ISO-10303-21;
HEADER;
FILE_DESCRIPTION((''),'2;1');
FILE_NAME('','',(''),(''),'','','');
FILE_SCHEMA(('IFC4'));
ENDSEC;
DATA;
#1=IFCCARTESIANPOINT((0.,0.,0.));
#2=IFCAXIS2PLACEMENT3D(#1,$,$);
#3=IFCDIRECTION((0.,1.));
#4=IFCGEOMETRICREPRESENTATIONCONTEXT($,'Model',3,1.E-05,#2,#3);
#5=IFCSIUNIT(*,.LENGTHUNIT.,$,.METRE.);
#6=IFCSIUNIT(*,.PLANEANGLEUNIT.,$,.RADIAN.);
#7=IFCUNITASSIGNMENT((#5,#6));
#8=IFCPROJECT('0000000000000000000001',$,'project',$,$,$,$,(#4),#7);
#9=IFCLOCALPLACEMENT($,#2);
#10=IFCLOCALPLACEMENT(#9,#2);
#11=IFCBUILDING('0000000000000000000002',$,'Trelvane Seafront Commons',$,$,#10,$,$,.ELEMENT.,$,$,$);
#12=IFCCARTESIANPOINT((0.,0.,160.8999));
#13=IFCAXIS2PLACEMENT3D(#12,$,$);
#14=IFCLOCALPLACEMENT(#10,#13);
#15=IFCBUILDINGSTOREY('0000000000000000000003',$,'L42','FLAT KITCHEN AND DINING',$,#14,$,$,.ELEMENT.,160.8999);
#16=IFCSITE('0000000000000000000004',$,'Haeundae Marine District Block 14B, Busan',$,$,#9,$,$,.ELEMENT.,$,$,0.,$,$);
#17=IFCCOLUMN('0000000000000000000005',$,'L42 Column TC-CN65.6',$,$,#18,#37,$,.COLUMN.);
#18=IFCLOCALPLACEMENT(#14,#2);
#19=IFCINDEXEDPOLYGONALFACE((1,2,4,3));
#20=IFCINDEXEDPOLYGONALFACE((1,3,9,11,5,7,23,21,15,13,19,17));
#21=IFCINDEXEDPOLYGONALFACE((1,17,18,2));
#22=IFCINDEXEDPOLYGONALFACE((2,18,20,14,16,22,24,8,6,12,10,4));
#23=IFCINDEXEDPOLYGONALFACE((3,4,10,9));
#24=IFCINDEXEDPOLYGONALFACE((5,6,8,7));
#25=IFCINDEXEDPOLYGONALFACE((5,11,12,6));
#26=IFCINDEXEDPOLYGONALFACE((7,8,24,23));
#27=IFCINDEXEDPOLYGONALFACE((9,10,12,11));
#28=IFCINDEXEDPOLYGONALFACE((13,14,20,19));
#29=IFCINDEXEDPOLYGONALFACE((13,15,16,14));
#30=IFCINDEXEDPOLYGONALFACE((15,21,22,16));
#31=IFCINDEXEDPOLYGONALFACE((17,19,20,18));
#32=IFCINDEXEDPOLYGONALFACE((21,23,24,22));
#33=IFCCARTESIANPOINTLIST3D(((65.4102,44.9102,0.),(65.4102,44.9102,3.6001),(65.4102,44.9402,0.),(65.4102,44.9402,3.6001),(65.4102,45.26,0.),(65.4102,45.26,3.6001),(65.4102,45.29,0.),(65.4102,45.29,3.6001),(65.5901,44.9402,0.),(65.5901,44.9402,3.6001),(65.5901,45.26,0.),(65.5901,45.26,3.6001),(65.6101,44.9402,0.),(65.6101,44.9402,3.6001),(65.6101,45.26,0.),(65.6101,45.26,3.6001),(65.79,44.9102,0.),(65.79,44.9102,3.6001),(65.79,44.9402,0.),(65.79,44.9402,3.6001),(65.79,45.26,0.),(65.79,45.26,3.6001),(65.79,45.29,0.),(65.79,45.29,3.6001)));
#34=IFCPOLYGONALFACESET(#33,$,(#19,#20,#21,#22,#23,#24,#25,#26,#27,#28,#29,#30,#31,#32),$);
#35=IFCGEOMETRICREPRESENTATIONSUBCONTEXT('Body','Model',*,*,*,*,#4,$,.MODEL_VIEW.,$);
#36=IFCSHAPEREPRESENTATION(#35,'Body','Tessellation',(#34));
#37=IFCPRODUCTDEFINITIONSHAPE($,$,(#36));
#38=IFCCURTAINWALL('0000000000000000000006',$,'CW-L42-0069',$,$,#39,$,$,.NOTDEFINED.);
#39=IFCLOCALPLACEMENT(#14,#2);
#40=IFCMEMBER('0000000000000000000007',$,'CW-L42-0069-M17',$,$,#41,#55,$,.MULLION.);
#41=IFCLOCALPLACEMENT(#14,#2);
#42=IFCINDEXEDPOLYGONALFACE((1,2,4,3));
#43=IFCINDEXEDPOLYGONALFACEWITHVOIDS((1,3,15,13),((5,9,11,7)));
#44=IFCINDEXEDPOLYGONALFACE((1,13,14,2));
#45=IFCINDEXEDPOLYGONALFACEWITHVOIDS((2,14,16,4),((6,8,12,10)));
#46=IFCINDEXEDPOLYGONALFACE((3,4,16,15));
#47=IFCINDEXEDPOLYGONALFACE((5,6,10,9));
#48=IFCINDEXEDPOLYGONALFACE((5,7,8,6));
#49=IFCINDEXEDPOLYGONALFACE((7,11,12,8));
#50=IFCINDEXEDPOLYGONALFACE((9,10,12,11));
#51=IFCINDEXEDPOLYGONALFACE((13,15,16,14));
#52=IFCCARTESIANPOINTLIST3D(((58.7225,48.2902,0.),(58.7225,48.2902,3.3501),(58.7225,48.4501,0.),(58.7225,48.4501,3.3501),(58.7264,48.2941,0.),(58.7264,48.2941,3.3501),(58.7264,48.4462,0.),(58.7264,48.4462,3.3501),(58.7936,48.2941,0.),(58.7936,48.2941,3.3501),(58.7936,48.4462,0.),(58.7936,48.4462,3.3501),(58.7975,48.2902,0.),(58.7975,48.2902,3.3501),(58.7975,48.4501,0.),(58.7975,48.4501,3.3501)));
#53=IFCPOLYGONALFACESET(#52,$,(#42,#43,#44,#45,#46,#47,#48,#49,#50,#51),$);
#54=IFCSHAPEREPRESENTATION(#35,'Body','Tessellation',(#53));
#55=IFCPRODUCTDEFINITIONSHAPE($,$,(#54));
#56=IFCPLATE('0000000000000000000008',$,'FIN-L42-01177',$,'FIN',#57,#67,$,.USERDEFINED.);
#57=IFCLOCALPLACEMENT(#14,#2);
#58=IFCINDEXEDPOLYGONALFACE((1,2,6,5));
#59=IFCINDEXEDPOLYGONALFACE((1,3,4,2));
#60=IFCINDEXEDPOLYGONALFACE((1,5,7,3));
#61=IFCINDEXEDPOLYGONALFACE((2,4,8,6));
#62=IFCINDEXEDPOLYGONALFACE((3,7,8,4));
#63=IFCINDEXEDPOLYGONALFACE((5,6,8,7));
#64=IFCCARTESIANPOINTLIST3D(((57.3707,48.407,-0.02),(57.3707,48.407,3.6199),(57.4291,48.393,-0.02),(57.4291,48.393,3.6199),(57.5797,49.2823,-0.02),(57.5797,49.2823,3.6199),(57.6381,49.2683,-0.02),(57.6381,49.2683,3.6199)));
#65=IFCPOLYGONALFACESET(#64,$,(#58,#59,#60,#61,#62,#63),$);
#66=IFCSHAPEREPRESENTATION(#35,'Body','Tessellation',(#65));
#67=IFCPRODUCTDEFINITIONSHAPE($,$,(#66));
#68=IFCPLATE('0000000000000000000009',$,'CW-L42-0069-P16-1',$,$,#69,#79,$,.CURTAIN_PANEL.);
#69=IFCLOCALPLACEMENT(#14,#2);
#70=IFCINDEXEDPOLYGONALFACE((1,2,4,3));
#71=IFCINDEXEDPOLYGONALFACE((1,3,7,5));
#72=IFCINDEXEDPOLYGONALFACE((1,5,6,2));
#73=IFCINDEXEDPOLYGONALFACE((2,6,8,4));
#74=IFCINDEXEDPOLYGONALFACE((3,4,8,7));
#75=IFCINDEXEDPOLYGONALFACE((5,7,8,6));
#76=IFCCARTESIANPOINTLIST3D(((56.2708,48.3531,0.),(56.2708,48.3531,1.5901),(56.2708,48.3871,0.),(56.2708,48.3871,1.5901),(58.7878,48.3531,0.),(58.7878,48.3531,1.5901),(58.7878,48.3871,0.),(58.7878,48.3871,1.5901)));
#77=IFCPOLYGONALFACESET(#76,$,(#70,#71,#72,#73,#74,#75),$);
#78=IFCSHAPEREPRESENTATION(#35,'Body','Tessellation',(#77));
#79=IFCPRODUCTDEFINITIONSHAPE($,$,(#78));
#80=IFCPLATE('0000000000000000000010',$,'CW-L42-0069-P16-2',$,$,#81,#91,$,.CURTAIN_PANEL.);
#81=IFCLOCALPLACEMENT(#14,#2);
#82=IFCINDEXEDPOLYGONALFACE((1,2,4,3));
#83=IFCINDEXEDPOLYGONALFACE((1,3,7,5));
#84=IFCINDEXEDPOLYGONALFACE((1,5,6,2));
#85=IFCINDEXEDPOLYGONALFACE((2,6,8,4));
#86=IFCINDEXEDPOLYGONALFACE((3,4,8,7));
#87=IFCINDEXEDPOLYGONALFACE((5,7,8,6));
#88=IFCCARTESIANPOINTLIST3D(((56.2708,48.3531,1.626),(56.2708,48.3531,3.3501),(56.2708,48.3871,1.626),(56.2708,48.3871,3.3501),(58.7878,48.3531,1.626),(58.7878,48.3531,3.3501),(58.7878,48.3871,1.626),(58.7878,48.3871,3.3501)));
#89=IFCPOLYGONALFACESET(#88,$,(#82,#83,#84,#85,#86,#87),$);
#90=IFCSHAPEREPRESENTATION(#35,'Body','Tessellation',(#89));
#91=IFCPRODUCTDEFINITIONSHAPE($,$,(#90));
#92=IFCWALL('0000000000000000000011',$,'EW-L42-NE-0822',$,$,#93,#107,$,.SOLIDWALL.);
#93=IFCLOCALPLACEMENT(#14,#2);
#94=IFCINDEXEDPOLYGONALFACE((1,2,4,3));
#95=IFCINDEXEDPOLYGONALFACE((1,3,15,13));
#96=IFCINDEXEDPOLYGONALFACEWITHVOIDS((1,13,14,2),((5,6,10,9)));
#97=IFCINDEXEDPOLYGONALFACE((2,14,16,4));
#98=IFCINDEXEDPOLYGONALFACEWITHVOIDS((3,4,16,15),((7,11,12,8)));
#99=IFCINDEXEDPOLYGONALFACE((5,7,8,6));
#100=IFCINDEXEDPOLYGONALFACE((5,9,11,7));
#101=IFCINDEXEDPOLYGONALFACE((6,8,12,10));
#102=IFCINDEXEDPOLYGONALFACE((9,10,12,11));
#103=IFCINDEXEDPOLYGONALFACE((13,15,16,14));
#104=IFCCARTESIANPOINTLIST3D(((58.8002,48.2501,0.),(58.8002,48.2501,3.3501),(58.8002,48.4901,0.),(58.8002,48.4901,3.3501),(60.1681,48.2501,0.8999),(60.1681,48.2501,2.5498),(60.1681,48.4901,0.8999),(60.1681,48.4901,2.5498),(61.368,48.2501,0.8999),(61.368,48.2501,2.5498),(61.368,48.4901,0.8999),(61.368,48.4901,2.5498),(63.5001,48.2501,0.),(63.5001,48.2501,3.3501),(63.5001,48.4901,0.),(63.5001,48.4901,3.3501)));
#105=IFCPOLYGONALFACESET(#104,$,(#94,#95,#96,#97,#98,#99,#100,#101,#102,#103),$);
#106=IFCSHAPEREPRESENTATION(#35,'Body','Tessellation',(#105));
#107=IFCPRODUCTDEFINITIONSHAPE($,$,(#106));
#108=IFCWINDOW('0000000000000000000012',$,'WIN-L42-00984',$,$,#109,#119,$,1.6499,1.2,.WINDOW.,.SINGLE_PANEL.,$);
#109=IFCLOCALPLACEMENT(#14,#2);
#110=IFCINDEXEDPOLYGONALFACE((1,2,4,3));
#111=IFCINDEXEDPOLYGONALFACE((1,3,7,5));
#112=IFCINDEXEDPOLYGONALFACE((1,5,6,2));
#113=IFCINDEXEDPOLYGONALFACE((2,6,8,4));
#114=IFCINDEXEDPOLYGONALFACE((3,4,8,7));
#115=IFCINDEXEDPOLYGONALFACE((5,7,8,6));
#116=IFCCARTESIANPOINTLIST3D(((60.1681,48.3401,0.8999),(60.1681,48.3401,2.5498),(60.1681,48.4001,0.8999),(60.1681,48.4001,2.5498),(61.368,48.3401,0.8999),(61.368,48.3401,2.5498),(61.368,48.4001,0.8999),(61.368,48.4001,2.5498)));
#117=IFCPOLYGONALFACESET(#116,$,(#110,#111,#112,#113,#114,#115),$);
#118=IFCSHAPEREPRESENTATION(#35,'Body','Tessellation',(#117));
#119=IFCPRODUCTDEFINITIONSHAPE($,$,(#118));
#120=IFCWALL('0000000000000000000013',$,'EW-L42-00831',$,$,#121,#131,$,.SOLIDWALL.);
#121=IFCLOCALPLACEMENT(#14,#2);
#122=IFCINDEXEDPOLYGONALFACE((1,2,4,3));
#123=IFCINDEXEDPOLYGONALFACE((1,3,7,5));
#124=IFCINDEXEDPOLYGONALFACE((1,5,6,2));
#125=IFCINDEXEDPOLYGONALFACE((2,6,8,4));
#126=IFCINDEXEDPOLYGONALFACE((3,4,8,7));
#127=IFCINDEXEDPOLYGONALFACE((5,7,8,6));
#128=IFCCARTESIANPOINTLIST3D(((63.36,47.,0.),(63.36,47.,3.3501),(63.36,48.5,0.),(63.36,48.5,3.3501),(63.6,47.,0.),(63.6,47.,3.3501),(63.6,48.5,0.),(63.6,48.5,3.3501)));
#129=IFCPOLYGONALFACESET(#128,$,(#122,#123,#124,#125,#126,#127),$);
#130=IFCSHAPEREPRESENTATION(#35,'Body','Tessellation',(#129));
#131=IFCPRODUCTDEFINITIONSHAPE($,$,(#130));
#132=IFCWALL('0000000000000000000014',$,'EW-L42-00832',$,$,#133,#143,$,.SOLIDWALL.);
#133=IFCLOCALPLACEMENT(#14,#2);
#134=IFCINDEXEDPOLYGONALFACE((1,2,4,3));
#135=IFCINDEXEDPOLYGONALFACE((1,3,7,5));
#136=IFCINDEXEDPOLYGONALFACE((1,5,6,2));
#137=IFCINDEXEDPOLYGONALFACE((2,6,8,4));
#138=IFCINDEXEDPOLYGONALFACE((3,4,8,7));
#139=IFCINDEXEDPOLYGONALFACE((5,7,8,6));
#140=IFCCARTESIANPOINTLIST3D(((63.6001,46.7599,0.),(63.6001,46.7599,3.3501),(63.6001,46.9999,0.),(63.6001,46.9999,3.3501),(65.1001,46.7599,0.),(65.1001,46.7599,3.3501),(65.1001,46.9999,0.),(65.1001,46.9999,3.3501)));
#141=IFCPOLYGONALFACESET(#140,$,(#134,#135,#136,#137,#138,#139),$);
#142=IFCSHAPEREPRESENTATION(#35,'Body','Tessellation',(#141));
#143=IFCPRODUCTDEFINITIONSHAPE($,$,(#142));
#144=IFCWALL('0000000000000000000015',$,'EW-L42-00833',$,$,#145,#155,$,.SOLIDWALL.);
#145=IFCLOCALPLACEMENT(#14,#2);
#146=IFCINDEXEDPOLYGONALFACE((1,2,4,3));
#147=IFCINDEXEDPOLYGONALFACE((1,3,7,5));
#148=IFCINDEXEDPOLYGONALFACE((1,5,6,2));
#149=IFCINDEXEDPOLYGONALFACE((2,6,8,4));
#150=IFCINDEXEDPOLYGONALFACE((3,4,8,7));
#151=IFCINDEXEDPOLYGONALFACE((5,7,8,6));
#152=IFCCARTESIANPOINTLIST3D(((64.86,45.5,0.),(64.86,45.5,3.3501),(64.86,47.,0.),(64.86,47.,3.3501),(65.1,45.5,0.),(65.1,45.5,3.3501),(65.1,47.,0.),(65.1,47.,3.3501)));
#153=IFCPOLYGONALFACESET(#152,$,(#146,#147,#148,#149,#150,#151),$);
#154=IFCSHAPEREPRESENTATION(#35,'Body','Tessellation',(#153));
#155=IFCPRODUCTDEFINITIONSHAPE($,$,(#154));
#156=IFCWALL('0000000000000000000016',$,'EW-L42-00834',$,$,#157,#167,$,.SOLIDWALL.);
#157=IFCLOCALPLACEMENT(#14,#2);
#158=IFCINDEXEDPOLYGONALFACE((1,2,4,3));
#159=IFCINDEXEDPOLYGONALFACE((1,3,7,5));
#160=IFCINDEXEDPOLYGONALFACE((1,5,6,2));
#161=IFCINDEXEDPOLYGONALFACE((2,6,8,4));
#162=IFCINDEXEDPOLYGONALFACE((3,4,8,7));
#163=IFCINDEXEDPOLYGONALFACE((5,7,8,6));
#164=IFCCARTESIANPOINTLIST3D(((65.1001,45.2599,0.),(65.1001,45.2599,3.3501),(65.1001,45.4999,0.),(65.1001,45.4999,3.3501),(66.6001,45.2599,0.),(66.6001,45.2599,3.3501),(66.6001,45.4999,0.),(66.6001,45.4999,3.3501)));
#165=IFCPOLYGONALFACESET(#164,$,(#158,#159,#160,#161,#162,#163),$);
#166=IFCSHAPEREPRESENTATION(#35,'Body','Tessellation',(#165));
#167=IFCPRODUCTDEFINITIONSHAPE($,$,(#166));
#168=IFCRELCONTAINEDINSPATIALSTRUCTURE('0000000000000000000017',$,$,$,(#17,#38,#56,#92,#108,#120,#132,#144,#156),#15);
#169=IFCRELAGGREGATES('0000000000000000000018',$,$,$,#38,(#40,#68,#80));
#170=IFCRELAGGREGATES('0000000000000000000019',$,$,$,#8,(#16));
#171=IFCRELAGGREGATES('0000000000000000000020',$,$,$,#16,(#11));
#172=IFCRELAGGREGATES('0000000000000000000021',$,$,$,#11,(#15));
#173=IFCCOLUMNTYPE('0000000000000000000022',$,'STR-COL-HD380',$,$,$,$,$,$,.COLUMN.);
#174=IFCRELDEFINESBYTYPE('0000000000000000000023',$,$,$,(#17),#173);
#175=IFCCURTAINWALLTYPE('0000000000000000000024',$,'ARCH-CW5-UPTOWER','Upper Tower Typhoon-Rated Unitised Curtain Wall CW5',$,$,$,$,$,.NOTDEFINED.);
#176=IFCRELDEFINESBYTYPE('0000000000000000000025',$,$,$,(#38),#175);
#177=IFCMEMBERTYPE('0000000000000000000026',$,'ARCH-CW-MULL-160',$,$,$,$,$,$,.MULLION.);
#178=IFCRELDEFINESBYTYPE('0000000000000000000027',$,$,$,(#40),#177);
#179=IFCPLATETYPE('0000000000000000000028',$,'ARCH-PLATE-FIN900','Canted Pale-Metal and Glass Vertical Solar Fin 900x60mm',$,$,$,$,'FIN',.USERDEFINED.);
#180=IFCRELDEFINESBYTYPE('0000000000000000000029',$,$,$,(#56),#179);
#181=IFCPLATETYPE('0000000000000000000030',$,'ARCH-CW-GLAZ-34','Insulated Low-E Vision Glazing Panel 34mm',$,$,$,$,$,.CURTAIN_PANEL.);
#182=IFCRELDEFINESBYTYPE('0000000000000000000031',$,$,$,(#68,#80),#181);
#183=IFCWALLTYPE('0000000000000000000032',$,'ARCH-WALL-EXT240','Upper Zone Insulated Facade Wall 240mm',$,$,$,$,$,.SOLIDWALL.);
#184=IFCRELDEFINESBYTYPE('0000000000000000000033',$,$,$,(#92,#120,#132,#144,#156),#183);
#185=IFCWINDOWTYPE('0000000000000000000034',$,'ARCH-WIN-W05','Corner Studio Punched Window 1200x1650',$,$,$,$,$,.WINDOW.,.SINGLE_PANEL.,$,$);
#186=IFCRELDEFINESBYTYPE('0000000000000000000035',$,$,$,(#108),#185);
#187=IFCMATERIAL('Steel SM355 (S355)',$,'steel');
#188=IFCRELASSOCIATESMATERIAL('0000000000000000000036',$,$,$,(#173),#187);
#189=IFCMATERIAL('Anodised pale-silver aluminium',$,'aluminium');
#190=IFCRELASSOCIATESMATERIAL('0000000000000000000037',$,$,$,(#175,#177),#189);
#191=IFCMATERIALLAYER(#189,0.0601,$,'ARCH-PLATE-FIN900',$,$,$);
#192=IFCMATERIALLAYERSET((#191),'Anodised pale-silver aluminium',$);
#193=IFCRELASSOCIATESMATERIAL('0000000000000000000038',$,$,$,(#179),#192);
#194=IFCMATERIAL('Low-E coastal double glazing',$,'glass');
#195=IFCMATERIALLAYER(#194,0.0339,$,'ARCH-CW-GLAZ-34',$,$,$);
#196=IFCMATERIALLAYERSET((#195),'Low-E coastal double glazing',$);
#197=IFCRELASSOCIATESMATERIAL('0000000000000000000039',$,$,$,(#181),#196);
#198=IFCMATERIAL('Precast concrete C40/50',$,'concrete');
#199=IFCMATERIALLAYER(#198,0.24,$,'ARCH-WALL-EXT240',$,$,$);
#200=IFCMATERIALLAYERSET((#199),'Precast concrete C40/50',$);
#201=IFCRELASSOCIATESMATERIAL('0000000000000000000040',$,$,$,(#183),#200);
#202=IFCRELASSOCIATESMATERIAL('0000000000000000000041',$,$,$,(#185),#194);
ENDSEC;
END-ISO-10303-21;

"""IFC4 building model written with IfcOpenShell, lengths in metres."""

from ifc_helpers import new_model, si_unit, direction, frame, frame_2d, origin, origin_2d, place, context, subcontext, project, spatial, rectangle, hollow_rectangle, i_section, extrude, source, transform, mapped, material, layer, layer_set, material_profile, profile_set, type_object, element, fill, aggregate, save


model = new_model("IFC4")

# Units and contexts
model_context = context("Model", 3, precision=1e-05, world=origin(), true_north=direction((0.0, 1.0)))
body_context = subcontext(model_context, "Body", "Model", "MODEL_VIEW")
ifc_project = project(units=[si_unit("LENGTHUNIT", "METRE"), si_unit("PLANEANGLEUNIT", "RADIAN")], contexts=[model_context])

# Site, building, storey
site_placement = place(None, origin())
site = spatial("IfcSite", under=ifc_project, at=site_placement, Name="Haeundae Marine District Block 14B, Busan", CompositionType="ELEMENT", RefElevation=0.0)
building_placement = place(site_placement, origin())
building = spatial("IfcBuilding", under=site, at=building_placement, Name="Trelvane Seafront Commons", CompositionType="ELEMENT")
storey_placement = place(building_placement, frame((0.0, 0.0, 160.8999)))
storey = spatial("IfcBuildingStorey", under=building, at=storey_placement, Name="L42", Description="FLAT KITCHEN AND DINING", CompositionType="ELEMENT", Elevation=160.8999)

# Column
ifc_material_1 = material(Name="Steel SM355 (S355)", Category="steel")
ifc_material_profile_1 = material_profile(ifc_material_1, i_section(OverallWidth=0.3799, OverallDepth=0.3799, WebThickness=0.02, FlangeThickness=0.03, at=origin_2d()), Name="HD-380x380x20x30")
ifc_profile_set_1 = profile_set([ifc_material_profile_1], Name="Steel SM355 (S355)")
column_type = type_object("IfcColumnType", Name="STR-COL-HD380", PredefinedType="COLUMN", material=ifc_profile_set_1)
shared_shape_1 = source(origin(), body_context, "Body", "SweptSolid", [
    extrude(i_section(OverallWidth=0.3799, OverallDepth=0.3799, WebThickness=0.02, FlangeThickness=0.03, at=origin_2d()), origin(), (0.0, 0.0, 1.0), 3.6001),
])
column_placement = place(storey_placement, frame((65.6001, 45.1001, 0.0), z_axis=(0.0, 0.0, 1.0), x_axis=(1.0, 0.0, 0.0)))
element("IfcColumn", 1, at=column_placement, inside=storey, type_object=column_type, Name="L42 Column TC-CN65.6", PredefinedType="COLUMN", context=body_context, shape_type="MappedRepresentation", body=[
    mapped(shared_shape_1, transform((0.0, 0.0, 0.0), x_axis=(1.0, 0.0, 0.0), y_axis=(0.0, 1.0, 0.0), z_axis=(0.0, 0.0, 1.0), scale=1.0)),
])

# Curtain wall, member
ifc_material_2 = material(Name="Anodised pale-silver aluminium", Category="aluminium")
curtain_wall_type = type_object("IfcCurtainWallType", Name="ARCH-CW5-UPTOWER", Description="Upper Tower Typhoon-Rated Unitised Curtain Wall CW5", PredefinedType="NOTDEFINED", material=ifc_material_2)
curtain_wall_placement = place(storey_placement, origin())
curtain_wall = element("IfcCurtainWall", 2, at=curtain_wall_placement, inside=storey, type_object=curtain_wall_type, Name="CW-L42-0069", PredefinedType="NOTDEFINED")
ifc_material_profile_2 = material_profile(ifc_material_2, hollow_rectangle(XDim=0.075, YDim=0.1599, WallThickness=0.0039, at=origin_2d()), Name="MULL-75x160x4")
ifc_profile_set_2 = profile_set([ifc_material_profile_2], Name="Anodised pale-silver aluminium")
member_type = type_object("IfcMemberType", Name="ARCH-CW-MULL-160", PredefinedType="MULLION", material=ifc_profile_set_2)
shared_shape_2 = source(origin(), body_context, "Body", "SweptSolid", [
    extrude(hollow_rectangle(XDim=0.075, YDim=0.1599, WallThickness=0.0039, at=origin_2d()), origin(), (0.0, 0.0, 1.0), 3.3501),
])
member_placement = place(storey_placement, frame((58.76, 48.3701, 0.0), z_axis=(0.0, 0.0, 1.0), x_axis=(1.0, 0.0, 0.0)))
member = element("IfcMember", 3, at=member_placement, type_object=member_type, Name="CW-L42-0069-M17", PredefinedType="MULLION", context=body_context, shape_type="MappedRepresentation", body=[
    mapped(shared_shape_2, transform((0.0, 0.0, 0.0), x_axis=(1.0, 0.0, 0.0), y_axis=(0.0, 1.0, 0.0), z_axis=(0.0, 0.0, 1.0), scale=1.0)),
])

# Plates
ifc_layer_1 = layer(ifc_material_2, 0.0601, Name="ARCH-PLATE-FIN900")
ifc_layer_set_1 = layer_set([ifc_layer_1], Name="Anodised pale-silver aluminium")
plate_type_1 = type_object("IfcPlateType", Name="ARCH-PLATE-FIN900", Description="Canted Pale-Metal and Glass Vertical Solar Fin 900x60mm", ElementType="FIN", PredefinedType="USERDEFINED", material=ifc_layer_set_1)
shared_shape_3 = source(origin(), body_context, "Body", "SweptSolid", [
    extrude(rectangle(XDim=0.8999, YDim=0.0601, at=origin_2d()), origin(), (0.0, 0.0, 1.0), 3.6399),
])
plate_1_placement = place(storey_placement, frame((57.5044, 48.8376, -0.02), z_axis=(0.0, 0.0, 1.0), x_axis=(0.232327, 0.972638, 0.0)))
element("IfcPlate", 4, at=plate_1_placement, inside=storey, type_object=plate_type_1, Name="FIN-L42-01177", ObjectType="FIN", PredefinedType="USERDEFINED", context=body_context, shape_type="MappedRepresentation", body=[
    mapped(shared_shape_3, transform((0.0, 0.0, 0.0), x_axis=(1.0, 0.0, 0.0), y_axis=(0.0, 1.0, 0.0), z_axis=(0.0, 0.0, 1.0), scale=1.0)),
])
ifc_material_3 = material(Name="Low-E coastal double glazing", Category="glass")
ifc_layer_2 = layer(ifc_material_3, 0.0339, Name="ARCH-CW-GLAZ-34")
ifc_layer_set_2 = layer_set([ifc_layer_2], Name="Low-E coastal double glazing")
plate_type_2 = type_object("IfcPlateType", Name="ARCH-CW-GLAZ-34", Description="Insulated Low-E Vision Glazing Panel 34mm", PredefinedType="CURTAIN_PANEL", material=ifc_layer_set_2)
shared_shape_4 = source(origin(), body_context, "Body", "SweptSolid", [
    extrude(rectangle(XDim=2.5171, YDim=0.0339, at=origin_2d()), origin(), (0.0, 0.0, 1.0), 1.5901),
])
plate_2_placement = place(storey_placement, frame((57.5293, 48.3701, 0.0), z_axis=(0.0, 0.0, 1.0), x_axis=(1.0, 0.0, 0.0)))
plate_2 = element("IfcPlate", 5, at=plate_2_placement, type_object=plate_type_2, Name="CW-L42-0069-P16-1", PredefinedType="CURTAIN_PANEL", context=body_context, shape_type="MappedRepresentation", body=[
    mapped(shared_shape_4, transform((0.0, 0.0, 0.0), x_axis=(1.0, 0.0, 0.0), y_axis=(0.0, 1.0, 0.0), z_axis=(0.0, 0.0, 1.0), scale=1.0)),
])
shared_shape_5 = source(origin(), body_context, "Body", "SweptSolid", [
    extrude(rectangle(XDim=2.5171, YDim=0.0339, at=origin_2d()), origin(), (0.0, 0.0, 1.0), 1.7241),
])
plate_3_placement = place(storey_placement, frame((57.5293, 48.3701, 1.626), z_axis=(0.0, 0.0, 1.0), x_axis=(1.0, 0.0, 0.0)))
plate_3 = element("IfcPlate", 6, at=plate_3_placement, type_object=plate_type_2, Name="CW-L42-0069-P16-2", PredefinedType="CURTAIN_PANEL", context=body_context, shape_type="MappedRepresentation", body=[
    mapped(shared_shape_5, transform((0.0, 0.0, 0.0), x_axis=(1.0, 0.0, 0.0), y_axis=(0.0, 1.0, 0.0), z_axis=(0.0, 0.0, 1.0), scale=1.0)),
])
aggregate(curtain_wall, [member, plate_2, plate_3])

# Wall, opening, window
ifc_material_4 = material(Name="Precast concrete C40/50", Category="concrete")
ifc_layer_3 = layer(ifc_material_4, 0.24, Name="ARCH-WALL-EXT240")
ifc_layer_set_3 = layer_set([ifc_layer_3], Name="Precast concrete C40/50")
wall_type = type_object("IfcWallType", Name="ARCH-WALL-EXT240", Description="Upper Zone Insulated Facade Wall 240mm", PredefinedType="SOLIDWALL", material=ifc_layer_set_3)
wall_1_placement = place(storey_placement, frame((58.8, 48.3701, 0.0), z_axis=(0.0, 0.0, 1.0), x_axis=(1.0, 0.0, 0.0)))
wall_1 = element("IfcWall", 7, at=wall_1_placement, inside=storey, type_object=wall_type, Name="EW-L42-NE-0822", PredefinedType="SOLIDWALL", context=body_context, shape_type="SweptSolid", body=[
    extrude(rectangle(XDim=4.7, YDim=0.24, at=frame_2d((2.3501, 0.0))), origin(), (0.0, 0.0, 1.0), 3.3501),
])
opening_1_placement = place(wall_1_placement, frame((1.3679, 0.0, 0.8999)))
opening_1 = element("IfcOpeningElement", 8, at=opening_1_placement, cuts=wall_1, PredefinedType="OPENING", context=body_context, shape_type="SweptSolid", body=[
    extrude(rectangle(XDim=1.2, YDim=1.6499, at=frame_2d((0.6001, 0.825))), frame((0.0, 0.1299, 0.0), z_axis=(0.0, -1.0, 0.0), x_axis=(1.0, 0.0, 0.0)), (0.0, 0.0, 1.0), 0.26),
])
window_type_1 = type_object("IfcWindowType", Name="ARCH-WIN-W05", Description="Corner Studio Punched Window 1200x1650", PartitioningType="SINGLE_PANEL", PredefinedType="WINDOW", material=ifc_material_3)
shared_shape_6 = source(origin(), body_context, "Body", "SweptSolid", [
    extrude(rectangle(XDim=1.2, YDim=1.6499, at=frame_2d((0.6001, 0.825))), frame((0.0, 0.03, 0.0), z_axis=(0.0, -1.0, 0.0), x_axis=(1.0, 0.0, 0.0)), (0.0, 0.0, 1.0), 0.0601),
])
window_1_placement = place(opening_1_placement, origin())
window_1 = element("IfcWindow", 9, at=window_1_placement, inside=storey, type_object=window_type_1, Name="WIN-L42-00984", OverallHeight=1.6499, OverallWidth=1.2, PartitioningType="SINGLE_PANEL", PredefinedType="WINDOW", context=body_context, shape_type="MappedRepresentation", body=[
    mapped(shared_shape_6, transform((0.0, 0.0, 0.0), x_axis=(1.0, 0.0, 0.0), y_axis=(0.0, 1.0, 0.0), z_axis=(0.0, 0.0, 1.0), scale=1.0)),
])
fill(opening_1, window_1)

# Walls
for number, where, z_axis, x_axis, name in (
    (10, (63.48, 48.5, 0.0), (0.0, 0.0, 1.0), (0.0, -1.0, 0.0), "EW-L42-00831"),
    (11, (63.6001, 46.8799, 0.0), (0.0, 0.0, 1.0), (1.0, 0.0, 0.0), "EW-L42-00832"),
    (12, (64.98, 47.0, 0.0), (0.0, 0.0, 1.0), (0.0, -1.0, 0.0), "EW-L42-00833"),
    (13, (65.1001, 45.3799, 0.0), (0.0, 0.0, 1.0), (1.0, 0.0, 0.0), "EW-L42-00834"),
):
    element("IfcWall", number, at=place(storey_placement, frame(where, z_axis=z_axis, x_axis=x_axis)), inside=storey, type_object=wall_type, Name=name, PredefinedType="SOLIDWALL", context=body_context, shape_type="SweptSolid", body=[
        extrude(rectangle(XDim=1.5, YDim=0.24, at=frame_2d((0.75, 0.0))), origin(), (0.0, 0.0, 1.0), 3.3501),
    ])

save(model, "model.ifc")
